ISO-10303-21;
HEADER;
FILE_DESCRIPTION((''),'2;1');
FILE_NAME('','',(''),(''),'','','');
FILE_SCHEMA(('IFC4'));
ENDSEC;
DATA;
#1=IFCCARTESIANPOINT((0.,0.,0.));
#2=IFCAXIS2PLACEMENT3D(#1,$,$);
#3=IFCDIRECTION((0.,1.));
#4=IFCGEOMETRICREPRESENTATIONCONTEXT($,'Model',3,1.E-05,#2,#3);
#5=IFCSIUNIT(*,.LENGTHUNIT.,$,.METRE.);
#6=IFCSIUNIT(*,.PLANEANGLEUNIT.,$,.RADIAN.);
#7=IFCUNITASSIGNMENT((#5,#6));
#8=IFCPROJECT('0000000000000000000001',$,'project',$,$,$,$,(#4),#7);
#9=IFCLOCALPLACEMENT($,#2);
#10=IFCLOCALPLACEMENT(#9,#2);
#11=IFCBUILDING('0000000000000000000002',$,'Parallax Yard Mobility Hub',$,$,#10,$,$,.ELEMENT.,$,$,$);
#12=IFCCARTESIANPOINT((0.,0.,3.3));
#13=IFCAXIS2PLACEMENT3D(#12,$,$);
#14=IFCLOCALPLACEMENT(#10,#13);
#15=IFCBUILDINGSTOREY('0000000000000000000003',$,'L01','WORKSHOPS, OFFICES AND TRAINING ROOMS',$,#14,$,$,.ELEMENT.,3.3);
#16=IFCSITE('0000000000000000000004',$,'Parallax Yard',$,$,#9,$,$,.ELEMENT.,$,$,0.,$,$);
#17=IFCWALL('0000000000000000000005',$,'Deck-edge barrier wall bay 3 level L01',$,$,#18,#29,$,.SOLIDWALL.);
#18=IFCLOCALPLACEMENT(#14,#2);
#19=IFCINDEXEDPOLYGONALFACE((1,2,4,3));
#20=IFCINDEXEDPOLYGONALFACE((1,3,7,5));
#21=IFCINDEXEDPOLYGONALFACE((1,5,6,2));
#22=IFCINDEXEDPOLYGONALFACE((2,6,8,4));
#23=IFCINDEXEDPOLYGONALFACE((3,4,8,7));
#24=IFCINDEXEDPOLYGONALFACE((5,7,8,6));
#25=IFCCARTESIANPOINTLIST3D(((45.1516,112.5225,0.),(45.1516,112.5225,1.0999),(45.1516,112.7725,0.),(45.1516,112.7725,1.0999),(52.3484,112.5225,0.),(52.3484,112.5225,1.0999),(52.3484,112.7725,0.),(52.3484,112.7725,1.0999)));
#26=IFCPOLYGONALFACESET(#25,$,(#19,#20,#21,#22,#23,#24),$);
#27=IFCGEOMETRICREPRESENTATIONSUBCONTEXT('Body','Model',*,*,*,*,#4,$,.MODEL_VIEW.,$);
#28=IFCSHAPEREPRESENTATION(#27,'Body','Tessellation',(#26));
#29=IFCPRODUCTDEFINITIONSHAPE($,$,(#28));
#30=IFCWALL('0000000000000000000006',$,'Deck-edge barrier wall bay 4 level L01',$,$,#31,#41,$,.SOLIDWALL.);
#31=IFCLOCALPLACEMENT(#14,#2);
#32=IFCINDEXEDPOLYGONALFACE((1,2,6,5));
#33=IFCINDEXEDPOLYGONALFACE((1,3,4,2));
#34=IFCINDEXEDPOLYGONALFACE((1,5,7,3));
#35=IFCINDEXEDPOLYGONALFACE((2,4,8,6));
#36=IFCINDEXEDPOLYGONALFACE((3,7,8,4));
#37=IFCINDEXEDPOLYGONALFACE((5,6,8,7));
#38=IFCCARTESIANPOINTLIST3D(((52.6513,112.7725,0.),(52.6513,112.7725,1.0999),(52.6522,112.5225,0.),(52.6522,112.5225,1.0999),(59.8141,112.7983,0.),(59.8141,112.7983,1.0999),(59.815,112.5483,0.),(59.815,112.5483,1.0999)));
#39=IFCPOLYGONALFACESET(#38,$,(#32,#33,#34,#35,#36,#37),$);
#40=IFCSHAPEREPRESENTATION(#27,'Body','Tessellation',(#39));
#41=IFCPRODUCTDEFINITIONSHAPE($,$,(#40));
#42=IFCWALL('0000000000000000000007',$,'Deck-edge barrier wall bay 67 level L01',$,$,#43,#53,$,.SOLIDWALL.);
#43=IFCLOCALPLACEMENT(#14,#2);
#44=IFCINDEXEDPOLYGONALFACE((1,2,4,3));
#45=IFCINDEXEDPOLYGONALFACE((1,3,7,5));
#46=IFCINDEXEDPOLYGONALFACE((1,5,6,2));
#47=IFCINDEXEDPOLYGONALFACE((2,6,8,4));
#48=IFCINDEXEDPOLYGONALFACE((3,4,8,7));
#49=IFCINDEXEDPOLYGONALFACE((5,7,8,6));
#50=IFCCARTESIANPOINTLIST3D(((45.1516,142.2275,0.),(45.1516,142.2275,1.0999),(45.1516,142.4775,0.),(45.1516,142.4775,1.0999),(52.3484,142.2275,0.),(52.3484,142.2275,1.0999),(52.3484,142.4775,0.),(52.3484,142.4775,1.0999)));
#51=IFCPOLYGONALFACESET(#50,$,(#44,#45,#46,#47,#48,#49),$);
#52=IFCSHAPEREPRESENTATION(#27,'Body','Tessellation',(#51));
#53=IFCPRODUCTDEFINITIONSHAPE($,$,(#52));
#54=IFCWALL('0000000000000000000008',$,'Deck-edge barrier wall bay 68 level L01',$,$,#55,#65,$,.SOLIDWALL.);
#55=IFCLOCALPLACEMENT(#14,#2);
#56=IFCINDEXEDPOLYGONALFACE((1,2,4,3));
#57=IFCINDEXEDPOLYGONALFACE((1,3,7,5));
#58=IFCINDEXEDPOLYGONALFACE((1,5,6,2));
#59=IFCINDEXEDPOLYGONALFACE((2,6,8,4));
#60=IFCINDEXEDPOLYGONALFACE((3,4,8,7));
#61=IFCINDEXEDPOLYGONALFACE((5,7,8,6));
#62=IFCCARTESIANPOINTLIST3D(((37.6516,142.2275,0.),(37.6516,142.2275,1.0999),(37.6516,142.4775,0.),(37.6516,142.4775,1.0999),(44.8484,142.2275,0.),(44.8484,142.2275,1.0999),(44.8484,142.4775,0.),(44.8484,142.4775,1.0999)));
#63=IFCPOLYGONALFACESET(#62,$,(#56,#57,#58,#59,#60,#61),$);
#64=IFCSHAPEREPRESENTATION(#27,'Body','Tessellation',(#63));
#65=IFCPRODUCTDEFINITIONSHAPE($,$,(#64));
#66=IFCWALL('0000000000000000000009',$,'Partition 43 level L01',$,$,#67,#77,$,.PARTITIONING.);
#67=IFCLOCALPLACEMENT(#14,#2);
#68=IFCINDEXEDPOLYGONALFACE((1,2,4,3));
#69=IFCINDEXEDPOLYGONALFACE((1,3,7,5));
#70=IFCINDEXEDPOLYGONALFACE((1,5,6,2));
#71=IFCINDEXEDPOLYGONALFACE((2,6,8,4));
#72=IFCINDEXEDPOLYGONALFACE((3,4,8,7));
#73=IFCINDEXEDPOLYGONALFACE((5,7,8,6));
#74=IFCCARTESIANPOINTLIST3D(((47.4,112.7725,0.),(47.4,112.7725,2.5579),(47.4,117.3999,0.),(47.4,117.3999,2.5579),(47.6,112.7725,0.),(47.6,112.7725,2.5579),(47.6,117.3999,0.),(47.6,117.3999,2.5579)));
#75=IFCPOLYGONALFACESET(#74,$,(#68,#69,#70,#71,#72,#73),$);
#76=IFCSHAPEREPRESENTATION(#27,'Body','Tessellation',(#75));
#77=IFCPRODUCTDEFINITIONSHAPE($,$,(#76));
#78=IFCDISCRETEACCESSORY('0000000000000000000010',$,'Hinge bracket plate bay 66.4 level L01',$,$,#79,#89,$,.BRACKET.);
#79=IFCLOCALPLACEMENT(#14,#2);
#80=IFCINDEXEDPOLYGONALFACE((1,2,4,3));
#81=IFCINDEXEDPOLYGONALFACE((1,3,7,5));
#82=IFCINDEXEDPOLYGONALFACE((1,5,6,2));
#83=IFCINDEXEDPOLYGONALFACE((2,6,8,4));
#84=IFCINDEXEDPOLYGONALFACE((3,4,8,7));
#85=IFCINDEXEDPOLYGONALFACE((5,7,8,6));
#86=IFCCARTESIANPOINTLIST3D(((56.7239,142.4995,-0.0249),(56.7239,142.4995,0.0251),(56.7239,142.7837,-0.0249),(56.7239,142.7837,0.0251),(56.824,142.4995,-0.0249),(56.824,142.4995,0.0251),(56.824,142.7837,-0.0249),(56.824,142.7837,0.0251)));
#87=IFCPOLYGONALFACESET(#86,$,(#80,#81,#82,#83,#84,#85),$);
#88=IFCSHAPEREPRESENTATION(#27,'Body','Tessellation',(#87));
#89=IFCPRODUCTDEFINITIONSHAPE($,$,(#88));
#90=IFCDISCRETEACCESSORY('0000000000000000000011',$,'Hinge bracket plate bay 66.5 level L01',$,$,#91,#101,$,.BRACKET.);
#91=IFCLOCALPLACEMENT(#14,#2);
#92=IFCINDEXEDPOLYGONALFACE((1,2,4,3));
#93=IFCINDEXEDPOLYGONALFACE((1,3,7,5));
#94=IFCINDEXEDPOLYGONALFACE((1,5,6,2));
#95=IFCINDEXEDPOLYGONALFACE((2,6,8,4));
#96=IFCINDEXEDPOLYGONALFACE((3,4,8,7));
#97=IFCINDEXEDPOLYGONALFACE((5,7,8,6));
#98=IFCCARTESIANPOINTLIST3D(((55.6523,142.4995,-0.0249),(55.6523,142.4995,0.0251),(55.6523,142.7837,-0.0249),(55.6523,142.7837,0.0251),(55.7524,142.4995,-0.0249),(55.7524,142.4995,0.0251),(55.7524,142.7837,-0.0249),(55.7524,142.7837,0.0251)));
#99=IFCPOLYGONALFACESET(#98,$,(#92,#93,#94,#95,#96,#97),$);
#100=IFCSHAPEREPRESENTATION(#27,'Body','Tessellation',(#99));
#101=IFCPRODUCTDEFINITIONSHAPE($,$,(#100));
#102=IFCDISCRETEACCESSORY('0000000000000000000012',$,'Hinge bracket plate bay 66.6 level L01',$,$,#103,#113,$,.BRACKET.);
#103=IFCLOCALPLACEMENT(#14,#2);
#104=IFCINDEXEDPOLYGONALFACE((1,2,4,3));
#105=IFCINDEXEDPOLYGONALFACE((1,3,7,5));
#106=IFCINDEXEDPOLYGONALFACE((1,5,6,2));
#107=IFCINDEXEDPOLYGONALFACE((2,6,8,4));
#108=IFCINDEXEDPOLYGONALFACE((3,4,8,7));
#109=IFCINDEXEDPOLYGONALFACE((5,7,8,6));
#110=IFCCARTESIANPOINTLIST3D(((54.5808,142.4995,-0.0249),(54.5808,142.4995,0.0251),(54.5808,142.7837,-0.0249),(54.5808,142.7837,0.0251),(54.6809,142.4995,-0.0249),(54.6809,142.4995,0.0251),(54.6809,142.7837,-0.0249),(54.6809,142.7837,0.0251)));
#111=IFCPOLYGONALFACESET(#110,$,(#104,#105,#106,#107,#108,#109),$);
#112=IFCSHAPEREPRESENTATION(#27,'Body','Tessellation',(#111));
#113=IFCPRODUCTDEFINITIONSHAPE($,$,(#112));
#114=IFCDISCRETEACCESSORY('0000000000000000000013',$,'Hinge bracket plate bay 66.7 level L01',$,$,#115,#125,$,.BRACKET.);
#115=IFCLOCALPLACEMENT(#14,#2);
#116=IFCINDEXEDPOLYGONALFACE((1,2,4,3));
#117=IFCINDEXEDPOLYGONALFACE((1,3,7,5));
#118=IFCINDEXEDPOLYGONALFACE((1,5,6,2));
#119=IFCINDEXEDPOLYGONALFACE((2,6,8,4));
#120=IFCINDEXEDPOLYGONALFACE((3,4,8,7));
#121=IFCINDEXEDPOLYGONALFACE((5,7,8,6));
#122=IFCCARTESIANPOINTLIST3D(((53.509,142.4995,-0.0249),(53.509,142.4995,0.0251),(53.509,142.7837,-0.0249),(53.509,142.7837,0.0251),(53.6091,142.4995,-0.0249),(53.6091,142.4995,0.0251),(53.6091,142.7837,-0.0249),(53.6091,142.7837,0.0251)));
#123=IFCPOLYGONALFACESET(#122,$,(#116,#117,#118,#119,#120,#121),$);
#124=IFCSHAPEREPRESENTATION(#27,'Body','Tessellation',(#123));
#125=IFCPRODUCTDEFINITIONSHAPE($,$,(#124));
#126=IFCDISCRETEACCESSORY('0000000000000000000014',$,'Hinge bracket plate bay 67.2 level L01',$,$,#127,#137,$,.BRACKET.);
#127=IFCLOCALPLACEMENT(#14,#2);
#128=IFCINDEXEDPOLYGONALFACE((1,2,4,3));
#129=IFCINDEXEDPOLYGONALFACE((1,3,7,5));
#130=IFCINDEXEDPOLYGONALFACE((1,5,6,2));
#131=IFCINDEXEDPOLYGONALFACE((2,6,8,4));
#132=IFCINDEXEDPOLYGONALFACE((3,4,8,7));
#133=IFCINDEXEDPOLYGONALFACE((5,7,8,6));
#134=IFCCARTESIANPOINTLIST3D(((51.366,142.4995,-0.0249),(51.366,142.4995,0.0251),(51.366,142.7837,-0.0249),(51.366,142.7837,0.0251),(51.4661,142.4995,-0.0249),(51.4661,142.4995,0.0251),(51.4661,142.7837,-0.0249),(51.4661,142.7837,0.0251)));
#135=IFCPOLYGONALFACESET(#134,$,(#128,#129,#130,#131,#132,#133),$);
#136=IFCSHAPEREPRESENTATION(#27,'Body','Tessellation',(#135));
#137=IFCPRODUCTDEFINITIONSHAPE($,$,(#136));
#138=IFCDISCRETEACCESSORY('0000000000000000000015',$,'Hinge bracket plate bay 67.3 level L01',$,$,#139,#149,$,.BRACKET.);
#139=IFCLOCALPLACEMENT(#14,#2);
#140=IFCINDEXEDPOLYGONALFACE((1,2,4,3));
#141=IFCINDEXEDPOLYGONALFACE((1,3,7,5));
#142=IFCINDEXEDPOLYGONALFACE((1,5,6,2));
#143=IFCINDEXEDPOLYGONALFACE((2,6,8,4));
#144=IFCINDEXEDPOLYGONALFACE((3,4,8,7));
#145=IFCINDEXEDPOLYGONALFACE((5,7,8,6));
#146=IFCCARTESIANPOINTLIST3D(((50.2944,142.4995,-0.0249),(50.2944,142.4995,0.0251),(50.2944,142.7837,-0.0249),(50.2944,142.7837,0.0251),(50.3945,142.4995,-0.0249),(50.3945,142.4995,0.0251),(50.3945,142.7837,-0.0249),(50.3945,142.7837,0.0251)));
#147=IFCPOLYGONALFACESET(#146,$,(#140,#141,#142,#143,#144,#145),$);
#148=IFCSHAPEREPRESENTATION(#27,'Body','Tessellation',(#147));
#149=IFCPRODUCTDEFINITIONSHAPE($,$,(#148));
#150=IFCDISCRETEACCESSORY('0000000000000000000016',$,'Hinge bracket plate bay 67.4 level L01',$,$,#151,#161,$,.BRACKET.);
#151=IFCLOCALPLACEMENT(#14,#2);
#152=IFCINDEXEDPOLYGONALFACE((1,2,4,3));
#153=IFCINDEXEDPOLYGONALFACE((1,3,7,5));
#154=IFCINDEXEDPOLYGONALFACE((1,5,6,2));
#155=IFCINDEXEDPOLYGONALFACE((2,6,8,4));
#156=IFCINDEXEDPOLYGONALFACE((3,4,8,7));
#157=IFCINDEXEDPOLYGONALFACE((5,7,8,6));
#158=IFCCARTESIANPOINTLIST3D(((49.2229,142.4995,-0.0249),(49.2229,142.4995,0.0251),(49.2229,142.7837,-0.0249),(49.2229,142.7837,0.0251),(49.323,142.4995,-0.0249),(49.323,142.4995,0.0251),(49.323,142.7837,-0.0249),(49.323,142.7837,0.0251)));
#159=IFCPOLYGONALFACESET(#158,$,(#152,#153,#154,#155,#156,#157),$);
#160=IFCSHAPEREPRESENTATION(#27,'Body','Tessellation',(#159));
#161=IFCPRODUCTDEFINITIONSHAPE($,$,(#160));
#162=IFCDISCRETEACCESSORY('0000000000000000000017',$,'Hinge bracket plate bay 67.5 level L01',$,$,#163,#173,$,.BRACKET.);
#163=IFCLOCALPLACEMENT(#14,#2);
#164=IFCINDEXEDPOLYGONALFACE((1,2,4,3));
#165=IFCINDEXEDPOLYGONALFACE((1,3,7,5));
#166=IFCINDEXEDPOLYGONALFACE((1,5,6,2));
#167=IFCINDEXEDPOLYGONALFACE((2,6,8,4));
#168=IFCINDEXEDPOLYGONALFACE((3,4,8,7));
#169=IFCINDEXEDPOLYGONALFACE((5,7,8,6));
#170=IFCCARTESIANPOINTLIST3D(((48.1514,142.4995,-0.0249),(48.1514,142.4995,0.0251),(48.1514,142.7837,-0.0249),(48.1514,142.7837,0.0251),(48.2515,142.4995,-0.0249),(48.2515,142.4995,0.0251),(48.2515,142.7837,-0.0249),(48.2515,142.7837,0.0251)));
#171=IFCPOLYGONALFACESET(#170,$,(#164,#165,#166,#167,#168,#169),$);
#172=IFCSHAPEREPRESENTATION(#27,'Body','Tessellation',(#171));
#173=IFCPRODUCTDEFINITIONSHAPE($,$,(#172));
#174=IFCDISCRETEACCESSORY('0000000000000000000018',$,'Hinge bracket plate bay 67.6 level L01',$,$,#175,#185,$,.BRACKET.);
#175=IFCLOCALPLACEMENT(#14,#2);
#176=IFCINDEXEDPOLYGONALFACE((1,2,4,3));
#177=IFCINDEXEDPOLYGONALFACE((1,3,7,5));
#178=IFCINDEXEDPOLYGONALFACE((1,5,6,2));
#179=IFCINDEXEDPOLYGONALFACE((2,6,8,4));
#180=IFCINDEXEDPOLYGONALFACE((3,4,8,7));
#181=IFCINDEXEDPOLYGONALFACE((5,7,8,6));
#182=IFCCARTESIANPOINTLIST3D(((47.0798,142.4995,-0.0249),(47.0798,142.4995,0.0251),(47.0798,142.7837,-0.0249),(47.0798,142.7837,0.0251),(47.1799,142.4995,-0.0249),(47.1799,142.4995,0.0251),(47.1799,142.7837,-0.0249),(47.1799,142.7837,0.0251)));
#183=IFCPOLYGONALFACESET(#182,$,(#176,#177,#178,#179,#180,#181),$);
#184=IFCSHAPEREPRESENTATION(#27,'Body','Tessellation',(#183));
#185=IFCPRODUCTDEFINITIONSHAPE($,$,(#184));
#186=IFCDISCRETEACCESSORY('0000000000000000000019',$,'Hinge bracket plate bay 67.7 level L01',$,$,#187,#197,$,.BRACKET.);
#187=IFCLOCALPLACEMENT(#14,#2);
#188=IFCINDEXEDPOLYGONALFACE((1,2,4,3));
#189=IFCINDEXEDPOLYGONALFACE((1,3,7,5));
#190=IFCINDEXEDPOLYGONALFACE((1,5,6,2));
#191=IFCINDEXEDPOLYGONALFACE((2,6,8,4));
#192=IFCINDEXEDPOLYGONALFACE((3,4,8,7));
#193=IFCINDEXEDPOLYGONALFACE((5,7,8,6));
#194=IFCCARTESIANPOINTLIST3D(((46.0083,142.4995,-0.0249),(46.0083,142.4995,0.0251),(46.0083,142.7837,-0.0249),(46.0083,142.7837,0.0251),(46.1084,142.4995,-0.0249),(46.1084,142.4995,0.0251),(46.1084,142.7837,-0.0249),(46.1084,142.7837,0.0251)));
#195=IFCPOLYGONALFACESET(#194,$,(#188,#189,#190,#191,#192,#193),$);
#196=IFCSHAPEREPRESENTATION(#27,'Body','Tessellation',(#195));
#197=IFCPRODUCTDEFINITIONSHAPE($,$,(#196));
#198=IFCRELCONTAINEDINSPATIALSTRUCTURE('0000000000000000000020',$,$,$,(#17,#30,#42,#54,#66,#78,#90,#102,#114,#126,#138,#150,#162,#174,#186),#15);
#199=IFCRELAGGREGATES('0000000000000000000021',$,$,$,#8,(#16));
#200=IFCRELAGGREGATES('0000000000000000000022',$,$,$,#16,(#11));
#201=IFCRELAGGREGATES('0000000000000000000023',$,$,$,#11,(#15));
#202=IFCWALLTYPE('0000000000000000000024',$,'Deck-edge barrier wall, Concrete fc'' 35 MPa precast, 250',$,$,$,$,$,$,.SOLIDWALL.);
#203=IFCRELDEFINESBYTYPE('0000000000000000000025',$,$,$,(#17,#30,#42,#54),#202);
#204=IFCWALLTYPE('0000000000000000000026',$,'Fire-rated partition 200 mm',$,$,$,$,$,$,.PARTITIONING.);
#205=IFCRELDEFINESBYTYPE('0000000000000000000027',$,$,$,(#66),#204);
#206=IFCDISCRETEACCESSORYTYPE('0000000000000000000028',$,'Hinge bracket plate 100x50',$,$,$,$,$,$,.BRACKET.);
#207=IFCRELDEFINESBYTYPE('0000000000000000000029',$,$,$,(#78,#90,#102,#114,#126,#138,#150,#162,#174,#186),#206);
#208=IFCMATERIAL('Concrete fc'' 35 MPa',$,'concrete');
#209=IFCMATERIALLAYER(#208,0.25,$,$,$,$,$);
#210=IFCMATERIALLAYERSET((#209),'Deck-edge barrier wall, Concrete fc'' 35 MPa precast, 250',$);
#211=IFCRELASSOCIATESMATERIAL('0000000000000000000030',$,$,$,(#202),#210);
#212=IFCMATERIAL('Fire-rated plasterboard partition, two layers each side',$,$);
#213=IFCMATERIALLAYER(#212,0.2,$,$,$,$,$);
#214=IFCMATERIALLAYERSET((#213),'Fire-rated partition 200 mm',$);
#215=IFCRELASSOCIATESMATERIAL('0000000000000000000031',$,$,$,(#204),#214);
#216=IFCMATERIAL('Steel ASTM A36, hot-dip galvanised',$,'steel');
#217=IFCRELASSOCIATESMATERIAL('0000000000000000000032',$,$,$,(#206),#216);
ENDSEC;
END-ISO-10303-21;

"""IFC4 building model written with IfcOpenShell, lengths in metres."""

from ifc_helpers import new_model, si_unit, direction, frame, frame_2d, origin, origin_2d, place, context, subcontext, project, spatial, rectangle, extrude, material, layer, layer_set, type_object, element, save


model = new_model("IFC4")

# Units and contexts
model_context = context("Model", 3, precision=1e-05, world=origin(), true_north=direction((0.0, 1.0)))
body_context = subcontext(model_context, "Body", "Model", "MODEL_VIEW")
ifc_project = project(units=[si_unit("LENGTHUNIT", "METRE"), si_unit("PLANEANGLEUNIT", "RADIAN")], contexts=[model_context])

# Site, building, storey
site_placement = place(None, origin())
site = spatial("IfcSite", under=ifc_project, at=site_placement, Name="Parallax Yard", CompositionType="ELEMENT", RefElevation=0.0)
building_placement = place(site_placement, origin())
building = spatial("IfcBuilding", under=site, at=building_placement, Name="Parallax Yard Mobility Hub", CompositionType="ELEMENT")
storey_placement = place(building_placement, frame((0.0, 0.0, 3.3)))
storey = spatial("IfcBuildingStorey", under=building, at=storey_placement, Name="L01", Description="WORKSHOPS, OFFICES AND TRAINING ROOMS", CompositionType="ELEMENT", Elevation=3.3)

# Walls
ifc_material_1 = material(Name="Concrete fc' 35 MPa", Category="concrete")
ifc_layer_1 = layer(ifc_material_1, 0.25)
ifc_layer_set_1 = layer_set([ifc_layer_1], Name="Deck-edge barrier wall, Concrete fc' 35 MPa precast, 250")
wall_type_1 = type_object("IfcWallType", Name="Deck-edge barrier wall, Concrete fc' 35 MPa precast, 250", PredefinedType="SOLIDWALL", material=ifc_layer_set_1)
wall_1_placement = place(storey_placement, frame((45.1516, 112.6475, 0.0), z_axis=(0.0, 0.0, 1.0), x_axis=(1.0, 0.0, 0.0)))
element("IfcWall", 1, at=wall_1_placement, inside=storey, type_object=wall_type_1, Name="Deck-edge barrier wall bay 3 level L01", PredefinedType="SOLIDWALL", context=body_context, shape_type="SweptSolid", body=[
    extrude(rectangle(XDim=7.1968, YDim=0.25, at=frame_2d((3.5984, 0.0))), origin(), (0.0, 0.0, 1.0), 1.0999),
])
wall_2_placement = place(storey_placement, frame((52.6516, 112.6475, 0.0), z_axis=(0.0, 0.0, 1.0), x_axis=(0.999993, 0.003613, 0.0)))
element("IfcWall", 2, at=wall_2_placement, inside=storey, type_object=wall_type_1, Name="Deck-edge barrier wall bay 4 level L01", PredefinedType="SOLIDWALL", context=body_context, shape_type="SweptSolid", body=[
    extrude(rectangle(XDim=7.1628, YDim=0.25, at=frame_2d((3.5815, 0.0))), origin(), (0.0, 0.0, 1.0), 1.0999),
])
for number, where, z_axis, x_axis, name in (
    (3, (52.3484, 142.3525, 0.0), (0.0, 0.0, 1.0), (-1.0, 0.0, 0.0), "Deck-edge barrier wall bay 67 level L01"),
    (4, (44.8484, 142.3525, 0.0), (0.0, 0.0, 1.0), (-1.0, 0.0, 0.0), "Deck-edge barrier wall bay 68 level L01"),
):
    element("IfcWall", number, at=place(storey_placement, frame(where, z_axis=z_axis, x_axis=x_axis)), inside=storey, type_object=wall_type_1, Name=name, PredefinedType="SOLIDWALL", context=body_context, shape_type="SweptSolid", body=[
        extrude(rectangle(XDim=7.1968, YDim=0.25, at=frame_2d((3.5984, 0.0))), origin(), (0.0, 0.0, 1.0), 1.0999),
    ])
ifc_material_2 = material(Name="Fire-rated plasterboard partition, two layers each side")
ifc_layer_2 = layer(ifc_material_2, 0.2)
ifc_layer_set_2 = layer_set([ifc_layer_2], Name="Fire-rated partition 200 mm")
wall_type_2 = type_object("IfcWallType", Name="Fire-rated partition 200 mm", PredefinedType="PARTITIONING", material=ifc_layer_set_2)
wall_3_placement = place(storey_placement, frame((47.5, 112.7725, 0.0), z_axis=(0.0, 0.0, 1.0), x_axis=(0.0, 1.0, 0.0)))
element("IfcWall", 5, at=wall_3_placement, inside=storey, type_object=wall_type_2, Name="Partition 43 level L01", PredefinedType="PARTITIONING", context=body_context, shape_type="SweptSolid", body=[
    extrude(rectangle(XDim=4.6274, YDim=0.2, at=frame_2d((2.3137, 0.0))), origin(), (0.0, 0.0, 1.0), 2.5579),
])

# Discrete accessories
ifc_material_3 = material(Name="Steel ASTM A36, hot-dip galvanised", Category="steel")
discrete_accessory_type = type_object("IfcDiscreteAccessoryType", Name="Hinge bracket plate 100x50", PredefinedType="BRACKET", material=ifc_material_3)
for number, where, z_axis, x_axis, name in (
    (6, (56.7739, 142.6416, -0.0249), (0.0, 0.0, 1.0), (0.0, 1.0, 0.0), "Hinge bracket plate bay 66.4 level L01"),
    (7, (55.7024, 142.6416, -0.0249), (0.0, 0.0, 1.0), (0.0, 1.0, 0.0), "Hinge bracket plate bay 66.5 level L01"),
    (8, (54.6309, 142.6416, -0.0249), (0.0, 0.0, 1.0), (0.0, 1.0, 0.0), "Hinge bracket plate bay 66.6 level L01"),
    (9, (53.5591, 142.6416, -0.0249), (0.0, 0.0, 1.0), (0.0, 1.0, 0.0), "Hinge bracket plate bay 66.7 level L01"),
    (10, (51.416, 142.6416, -0.0249), (0.0, 0.0, 1.0), (0.0, 1.0, 0.0), "Hinge bracket plate bay 67.2 level L01"),
    (11, (50.3445, 142.6416, -0.0249), (0.0, 0.0, 1.0), (0.0, 1.0, 0.0), "Hinge bracket plate bay 67.3 level L01"),
    (12, (49.2729, 142.6416, -0.0249), (0.0, 0.0, 1.0), (0.0, 1.0, 0.0), "Hinge bracket plate bay 67.4 level L01"),
    (13, (48.2014, 142.6416, -0.0249), (0.0, 0.0, 1.0), (0.0, 1.0, 0.0), "Hinge bracket plate bay 67.5 level L01"),
    (14, (47.1299, 142.6416, -0.0249), (0.0, 0.0, 1.0), (0.0, 1.0, 0.0), "Hinge bracket plate bay 67.6 level L01"),
    (15, (46.0583, 142.6416, -0.0249), (0.0, 0.0, 1.0), (0.0, 1.0, 0.0), "Hinge bracket plate bay 67.7 level L01"),
):
    element("IfcDiscreteAccessory", number, at=place(storey_placement, frame(where, z_axis=z_axis, x_axis=x_axis)), inside=storey, type_object=discrete_accessory_type, Name=name, PredefinedType="BRACKET", context=body_context, shape_type="SweptSolid", body=[
        extrude(rectangle(XDim=0.2842, YDim=0.1001, at=origin_2d()), origin(), (0.0, 0.0, 1.0), 0.05),
    ])

save(model, "model.ifc")
